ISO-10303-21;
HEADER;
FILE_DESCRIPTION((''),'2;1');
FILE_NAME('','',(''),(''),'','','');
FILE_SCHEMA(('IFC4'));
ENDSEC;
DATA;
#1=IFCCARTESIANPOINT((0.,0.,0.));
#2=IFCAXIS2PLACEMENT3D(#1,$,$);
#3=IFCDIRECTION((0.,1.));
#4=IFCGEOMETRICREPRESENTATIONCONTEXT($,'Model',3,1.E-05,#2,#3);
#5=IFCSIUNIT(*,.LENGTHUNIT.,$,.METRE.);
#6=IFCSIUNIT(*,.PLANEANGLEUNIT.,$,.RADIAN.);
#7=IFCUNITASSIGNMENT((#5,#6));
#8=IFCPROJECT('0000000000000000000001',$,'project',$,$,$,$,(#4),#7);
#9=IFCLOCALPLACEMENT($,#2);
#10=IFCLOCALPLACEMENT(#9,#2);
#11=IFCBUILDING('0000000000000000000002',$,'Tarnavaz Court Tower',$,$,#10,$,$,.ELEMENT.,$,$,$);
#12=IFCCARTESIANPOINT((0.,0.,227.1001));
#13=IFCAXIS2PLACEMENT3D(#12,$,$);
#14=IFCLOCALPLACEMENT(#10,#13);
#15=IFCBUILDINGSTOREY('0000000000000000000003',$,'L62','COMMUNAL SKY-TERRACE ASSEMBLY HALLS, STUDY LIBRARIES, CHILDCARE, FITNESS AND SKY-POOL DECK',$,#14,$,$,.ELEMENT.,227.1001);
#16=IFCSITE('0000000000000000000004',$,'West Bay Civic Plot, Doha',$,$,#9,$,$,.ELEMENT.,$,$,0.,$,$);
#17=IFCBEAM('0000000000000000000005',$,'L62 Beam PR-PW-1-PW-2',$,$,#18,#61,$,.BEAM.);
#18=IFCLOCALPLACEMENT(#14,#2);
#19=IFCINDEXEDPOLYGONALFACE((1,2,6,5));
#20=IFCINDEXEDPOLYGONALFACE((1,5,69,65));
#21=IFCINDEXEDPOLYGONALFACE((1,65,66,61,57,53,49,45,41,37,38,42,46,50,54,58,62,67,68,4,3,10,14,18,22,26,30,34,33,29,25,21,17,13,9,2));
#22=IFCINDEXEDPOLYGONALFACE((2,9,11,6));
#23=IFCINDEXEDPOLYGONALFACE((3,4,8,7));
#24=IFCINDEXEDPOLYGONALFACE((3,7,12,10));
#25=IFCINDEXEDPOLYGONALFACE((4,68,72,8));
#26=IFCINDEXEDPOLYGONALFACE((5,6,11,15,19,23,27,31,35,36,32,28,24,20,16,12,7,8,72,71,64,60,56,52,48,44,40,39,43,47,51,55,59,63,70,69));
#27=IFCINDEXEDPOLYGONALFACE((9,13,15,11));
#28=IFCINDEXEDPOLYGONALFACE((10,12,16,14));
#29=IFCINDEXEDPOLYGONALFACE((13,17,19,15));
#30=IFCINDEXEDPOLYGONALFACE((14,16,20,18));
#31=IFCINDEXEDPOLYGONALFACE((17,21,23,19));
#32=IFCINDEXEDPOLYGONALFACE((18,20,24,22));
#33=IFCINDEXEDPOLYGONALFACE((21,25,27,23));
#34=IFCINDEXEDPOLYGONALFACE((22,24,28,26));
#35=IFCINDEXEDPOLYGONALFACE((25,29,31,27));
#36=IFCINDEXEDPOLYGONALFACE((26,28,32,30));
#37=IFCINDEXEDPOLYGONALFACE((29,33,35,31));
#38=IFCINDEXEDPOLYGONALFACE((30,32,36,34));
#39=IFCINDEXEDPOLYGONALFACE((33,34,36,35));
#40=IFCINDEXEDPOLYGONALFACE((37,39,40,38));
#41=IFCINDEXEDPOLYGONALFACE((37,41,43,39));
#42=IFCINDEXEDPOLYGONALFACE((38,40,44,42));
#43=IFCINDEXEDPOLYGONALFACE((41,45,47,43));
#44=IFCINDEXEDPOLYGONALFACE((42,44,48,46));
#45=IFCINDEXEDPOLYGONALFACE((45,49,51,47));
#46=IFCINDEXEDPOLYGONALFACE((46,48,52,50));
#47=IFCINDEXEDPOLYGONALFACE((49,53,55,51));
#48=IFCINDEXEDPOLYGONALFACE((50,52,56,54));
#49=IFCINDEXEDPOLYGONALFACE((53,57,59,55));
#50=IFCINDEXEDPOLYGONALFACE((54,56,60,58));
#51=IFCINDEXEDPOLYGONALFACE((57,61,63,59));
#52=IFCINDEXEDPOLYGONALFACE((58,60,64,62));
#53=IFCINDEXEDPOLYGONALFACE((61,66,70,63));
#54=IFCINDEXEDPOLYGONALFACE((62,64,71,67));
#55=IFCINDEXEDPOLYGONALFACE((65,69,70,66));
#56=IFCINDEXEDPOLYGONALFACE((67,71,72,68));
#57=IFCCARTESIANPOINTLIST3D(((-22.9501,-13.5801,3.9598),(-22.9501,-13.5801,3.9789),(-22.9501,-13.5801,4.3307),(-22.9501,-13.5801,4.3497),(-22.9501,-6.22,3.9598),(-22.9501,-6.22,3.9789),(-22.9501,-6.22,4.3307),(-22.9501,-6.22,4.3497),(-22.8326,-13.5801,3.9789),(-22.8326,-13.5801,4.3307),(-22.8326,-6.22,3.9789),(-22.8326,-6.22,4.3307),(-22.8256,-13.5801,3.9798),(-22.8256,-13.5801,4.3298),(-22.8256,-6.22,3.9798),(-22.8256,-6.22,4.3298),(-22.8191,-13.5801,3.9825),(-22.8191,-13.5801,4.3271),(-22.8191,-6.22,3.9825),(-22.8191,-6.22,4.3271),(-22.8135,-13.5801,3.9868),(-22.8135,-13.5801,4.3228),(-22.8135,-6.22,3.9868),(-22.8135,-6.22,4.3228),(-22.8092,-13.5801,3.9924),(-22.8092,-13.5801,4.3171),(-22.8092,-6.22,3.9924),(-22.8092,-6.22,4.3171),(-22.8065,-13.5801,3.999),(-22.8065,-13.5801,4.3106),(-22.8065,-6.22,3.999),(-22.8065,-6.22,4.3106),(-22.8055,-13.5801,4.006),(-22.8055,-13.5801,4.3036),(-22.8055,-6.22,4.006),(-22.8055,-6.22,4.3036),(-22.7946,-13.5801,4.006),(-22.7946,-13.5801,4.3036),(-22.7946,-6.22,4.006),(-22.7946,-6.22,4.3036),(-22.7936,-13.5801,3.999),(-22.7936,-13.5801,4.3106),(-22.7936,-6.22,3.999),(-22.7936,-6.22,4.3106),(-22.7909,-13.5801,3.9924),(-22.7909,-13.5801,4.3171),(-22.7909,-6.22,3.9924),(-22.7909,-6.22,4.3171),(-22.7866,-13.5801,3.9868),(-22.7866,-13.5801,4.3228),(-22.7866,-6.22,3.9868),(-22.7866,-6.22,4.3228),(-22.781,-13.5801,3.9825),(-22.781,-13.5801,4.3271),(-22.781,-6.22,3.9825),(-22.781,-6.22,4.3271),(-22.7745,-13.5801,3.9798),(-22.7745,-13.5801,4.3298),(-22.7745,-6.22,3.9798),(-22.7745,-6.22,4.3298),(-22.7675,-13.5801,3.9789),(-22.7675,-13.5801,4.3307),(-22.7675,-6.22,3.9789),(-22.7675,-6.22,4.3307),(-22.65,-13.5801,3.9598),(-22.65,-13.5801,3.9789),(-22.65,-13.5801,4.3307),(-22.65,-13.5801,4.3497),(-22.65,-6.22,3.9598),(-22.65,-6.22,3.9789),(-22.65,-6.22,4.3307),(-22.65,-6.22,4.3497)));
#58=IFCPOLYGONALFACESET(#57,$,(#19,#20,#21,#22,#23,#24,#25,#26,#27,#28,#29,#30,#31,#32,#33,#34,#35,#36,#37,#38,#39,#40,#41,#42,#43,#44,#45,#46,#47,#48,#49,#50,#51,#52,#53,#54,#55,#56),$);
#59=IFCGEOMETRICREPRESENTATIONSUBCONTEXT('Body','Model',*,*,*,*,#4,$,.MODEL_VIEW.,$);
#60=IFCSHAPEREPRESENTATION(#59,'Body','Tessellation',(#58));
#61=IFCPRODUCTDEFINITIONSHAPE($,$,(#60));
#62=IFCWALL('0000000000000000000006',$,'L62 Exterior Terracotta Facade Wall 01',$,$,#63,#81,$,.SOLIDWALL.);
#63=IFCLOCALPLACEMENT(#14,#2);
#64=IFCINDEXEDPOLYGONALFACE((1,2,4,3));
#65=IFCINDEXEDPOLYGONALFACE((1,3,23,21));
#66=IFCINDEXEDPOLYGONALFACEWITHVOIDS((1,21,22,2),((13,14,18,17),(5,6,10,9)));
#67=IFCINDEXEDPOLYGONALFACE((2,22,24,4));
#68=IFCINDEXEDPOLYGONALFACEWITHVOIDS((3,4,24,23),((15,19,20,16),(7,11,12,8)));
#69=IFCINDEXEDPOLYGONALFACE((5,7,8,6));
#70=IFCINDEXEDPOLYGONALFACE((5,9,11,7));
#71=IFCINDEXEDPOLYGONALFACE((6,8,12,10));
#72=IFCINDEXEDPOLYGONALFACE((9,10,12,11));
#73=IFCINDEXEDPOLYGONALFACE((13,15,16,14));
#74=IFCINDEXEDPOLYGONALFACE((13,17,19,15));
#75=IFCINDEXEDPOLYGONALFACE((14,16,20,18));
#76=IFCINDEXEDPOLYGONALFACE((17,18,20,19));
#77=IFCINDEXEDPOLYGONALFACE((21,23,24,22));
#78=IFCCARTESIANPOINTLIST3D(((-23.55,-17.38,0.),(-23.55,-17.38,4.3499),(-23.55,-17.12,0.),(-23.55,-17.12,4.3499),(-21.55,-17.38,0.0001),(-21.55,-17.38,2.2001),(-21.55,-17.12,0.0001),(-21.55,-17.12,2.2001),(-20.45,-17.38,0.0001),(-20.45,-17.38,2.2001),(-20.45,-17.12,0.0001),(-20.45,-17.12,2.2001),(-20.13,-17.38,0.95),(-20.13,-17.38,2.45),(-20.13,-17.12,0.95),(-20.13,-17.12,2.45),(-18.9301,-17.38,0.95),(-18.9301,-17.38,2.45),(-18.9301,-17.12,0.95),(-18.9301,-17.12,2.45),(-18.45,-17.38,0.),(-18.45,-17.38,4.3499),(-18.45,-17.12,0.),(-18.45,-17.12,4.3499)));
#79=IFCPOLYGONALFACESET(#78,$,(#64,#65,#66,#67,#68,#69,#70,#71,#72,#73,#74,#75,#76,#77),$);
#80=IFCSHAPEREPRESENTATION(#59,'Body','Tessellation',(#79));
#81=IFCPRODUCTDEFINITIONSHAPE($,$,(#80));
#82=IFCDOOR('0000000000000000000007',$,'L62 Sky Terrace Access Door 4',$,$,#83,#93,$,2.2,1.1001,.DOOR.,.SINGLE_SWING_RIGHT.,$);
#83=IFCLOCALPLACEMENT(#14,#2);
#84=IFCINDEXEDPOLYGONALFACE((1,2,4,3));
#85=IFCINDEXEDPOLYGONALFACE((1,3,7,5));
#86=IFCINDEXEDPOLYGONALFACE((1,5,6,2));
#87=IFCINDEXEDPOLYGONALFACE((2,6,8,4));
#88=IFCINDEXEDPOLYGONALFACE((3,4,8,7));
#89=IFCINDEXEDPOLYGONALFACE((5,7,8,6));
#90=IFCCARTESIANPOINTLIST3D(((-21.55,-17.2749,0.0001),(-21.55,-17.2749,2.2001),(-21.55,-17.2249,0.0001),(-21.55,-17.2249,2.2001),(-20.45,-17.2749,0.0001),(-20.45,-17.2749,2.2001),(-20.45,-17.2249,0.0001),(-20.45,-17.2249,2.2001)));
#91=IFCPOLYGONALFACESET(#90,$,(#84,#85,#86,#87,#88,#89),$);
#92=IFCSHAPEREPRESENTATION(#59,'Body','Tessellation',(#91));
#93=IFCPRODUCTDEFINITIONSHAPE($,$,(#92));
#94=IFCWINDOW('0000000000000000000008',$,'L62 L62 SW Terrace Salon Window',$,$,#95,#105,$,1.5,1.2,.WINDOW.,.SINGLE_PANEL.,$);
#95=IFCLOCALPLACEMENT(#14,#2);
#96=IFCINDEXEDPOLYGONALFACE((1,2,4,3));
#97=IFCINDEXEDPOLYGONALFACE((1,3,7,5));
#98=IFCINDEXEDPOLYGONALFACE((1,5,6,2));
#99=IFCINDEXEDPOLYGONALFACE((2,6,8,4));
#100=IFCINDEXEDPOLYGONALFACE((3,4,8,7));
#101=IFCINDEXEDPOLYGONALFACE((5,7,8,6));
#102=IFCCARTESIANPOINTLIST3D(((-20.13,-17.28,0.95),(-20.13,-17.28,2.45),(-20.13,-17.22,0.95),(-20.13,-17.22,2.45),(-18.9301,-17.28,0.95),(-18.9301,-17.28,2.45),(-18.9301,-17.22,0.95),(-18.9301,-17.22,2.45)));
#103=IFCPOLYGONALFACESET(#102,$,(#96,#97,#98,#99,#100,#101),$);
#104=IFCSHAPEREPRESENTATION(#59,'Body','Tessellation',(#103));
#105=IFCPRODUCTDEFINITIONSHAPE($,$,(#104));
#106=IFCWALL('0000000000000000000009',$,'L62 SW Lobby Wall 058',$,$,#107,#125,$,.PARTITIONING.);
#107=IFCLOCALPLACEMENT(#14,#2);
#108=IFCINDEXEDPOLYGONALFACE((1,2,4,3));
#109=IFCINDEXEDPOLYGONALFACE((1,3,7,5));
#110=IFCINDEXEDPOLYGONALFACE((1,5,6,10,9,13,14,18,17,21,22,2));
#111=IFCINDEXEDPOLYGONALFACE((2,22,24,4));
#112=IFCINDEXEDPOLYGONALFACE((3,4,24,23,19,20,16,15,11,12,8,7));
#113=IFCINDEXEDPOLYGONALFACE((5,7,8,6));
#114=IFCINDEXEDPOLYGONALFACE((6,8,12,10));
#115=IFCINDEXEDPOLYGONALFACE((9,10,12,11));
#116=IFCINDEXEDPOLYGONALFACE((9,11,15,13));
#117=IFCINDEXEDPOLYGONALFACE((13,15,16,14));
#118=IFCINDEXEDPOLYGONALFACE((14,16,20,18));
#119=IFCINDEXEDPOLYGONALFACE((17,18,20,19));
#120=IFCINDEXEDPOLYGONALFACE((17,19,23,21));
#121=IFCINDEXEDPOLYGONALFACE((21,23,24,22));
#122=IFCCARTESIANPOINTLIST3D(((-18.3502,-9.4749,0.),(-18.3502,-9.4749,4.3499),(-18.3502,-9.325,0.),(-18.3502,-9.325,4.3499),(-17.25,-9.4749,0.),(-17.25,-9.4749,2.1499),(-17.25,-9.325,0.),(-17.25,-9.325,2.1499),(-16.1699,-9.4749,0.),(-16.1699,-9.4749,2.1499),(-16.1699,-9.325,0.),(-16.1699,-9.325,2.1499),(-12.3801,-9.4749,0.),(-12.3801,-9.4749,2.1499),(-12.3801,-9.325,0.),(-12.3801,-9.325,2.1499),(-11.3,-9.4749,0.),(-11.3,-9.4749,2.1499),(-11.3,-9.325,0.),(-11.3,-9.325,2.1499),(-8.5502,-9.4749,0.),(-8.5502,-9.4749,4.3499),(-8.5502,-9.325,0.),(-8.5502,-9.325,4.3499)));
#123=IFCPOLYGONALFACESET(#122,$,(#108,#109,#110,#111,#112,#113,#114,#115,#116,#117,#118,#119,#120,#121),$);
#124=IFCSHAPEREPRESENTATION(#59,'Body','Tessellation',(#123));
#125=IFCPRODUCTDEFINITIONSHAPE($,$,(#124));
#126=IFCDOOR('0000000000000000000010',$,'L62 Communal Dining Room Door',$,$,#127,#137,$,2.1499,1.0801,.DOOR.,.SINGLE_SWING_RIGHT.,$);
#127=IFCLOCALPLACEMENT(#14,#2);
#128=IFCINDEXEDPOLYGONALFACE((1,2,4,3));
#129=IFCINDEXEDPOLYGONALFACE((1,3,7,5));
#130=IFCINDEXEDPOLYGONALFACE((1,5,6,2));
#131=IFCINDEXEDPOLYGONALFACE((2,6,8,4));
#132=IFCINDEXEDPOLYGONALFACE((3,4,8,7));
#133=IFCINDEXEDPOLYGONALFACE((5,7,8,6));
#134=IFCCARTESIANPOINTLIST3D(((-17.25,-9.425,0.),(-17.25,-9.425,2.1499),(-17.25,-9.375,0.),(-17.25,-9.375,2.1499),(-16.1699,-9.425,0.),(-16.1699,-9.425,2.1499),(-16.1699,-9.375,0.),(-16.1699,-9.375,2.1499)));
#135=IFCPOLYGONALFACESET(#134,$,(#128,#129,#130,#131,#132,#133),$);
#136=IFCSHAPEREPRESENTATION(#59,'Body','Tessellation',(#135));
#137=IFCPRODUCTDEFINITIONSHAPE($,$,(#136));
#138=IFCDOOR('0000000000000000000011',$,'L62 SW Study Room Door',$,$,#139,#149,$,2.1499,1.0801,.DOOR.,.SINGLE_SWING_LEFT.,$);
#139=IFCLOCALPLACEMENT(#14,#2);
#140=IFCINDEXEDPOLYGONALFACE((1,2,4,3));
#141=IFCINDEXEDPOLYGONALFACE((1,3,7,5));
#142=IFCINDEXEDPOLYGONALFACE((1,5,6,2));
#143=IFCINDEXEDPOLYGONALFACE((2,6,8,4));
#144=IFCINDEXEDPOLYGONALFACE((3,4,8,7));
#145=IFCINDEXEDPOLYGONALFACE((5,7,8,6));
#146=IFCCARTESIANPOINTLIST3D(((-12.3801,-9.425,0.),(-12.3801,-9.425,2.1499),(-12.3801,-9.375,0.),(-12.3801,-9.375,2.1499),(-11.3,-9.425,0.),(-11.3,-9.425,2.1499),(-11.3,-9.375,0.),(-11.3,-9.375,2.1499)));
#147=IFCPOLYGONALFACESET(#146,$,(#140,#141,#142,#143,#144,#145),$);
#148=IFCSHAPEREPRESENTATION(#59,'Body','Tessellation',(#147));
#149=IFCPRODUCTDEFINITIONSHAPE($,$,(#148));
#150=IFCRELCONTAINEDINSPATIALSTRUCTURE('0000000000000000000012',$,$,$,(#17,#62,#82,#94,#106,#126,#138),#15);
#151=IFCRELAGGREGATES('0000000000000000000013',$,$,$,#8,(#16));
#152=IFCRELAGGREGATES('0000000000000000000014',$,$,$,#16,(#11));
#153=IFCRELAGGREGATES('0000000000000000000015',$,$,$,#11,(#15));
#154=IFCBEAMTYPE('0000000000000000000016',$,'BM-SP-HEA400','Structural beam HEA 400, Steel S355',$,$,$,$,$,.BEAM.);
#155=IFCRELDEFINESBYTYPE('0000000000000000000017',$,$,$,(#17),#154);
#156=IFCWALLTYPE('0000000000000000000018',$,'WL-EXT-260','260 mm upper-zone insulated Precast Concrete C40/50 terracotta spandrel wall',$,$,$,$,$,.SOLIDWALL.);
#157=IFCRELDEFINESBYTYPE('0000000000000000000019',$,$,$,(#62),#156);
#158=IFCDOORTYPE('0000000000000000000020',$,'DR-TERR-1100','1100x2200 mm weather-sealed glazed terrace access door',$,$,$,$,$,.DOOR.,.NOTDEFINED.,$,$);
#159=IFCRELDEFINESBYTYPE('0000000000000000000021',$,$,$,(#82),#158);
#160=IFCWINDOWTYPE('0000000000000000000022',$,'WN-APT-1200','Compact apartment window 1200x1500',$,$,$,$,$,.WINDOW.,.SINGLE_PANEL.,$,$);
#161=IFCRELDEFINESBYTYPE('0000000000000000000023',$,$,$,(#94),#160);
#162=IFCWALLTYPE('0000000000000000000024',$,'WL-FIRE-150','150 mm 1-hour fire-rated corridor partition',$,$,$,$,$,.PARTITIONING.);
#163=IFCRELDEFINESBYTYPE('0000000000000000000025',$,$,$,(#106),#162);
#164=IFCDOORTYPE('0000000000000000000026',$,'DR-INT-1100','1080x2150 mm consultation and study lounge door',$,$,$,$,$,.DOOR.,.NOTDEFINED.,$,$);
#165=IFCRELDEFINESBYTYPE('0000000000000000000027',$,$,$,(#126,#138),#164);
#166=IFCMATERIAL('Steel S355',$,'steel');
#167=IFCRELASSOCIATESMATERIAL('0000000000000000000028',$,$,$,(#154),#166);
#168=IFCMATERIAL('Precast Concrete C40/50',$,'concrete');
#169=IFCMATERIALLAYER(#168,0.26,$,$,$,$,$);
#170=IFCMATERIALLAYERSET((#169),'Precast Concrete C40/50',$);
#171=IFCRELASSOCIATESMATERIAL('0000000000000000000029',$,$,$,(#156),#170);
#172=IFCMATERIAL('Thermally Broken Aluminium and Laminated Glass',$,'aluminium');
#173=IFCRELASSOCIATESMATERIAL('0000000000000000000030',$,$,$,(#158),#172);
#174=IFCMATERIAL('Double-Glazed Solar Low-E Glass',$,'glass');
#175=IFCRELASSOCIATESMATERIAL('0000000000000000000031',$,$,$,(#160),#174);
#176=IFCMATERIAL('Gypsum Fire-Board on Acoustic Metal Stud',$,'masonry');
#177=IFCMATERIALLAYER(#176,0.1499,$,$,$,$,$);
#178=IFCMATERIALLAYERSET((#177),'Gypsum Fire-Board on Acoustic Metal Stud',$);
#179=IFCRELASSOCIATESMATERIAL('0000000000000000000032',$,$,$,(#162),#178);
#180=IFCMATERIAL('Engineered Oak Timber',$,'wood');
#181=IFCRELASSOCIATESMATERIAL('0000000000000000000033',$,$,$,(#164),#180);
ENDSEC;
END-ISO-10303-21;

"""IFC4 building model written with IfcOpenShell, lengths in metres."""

from ifc_helpers import new_model, si_unit, direction, frame, frame_2d, origin, origin_2d, place, context, subcontext, project, spatial, rectangle, i_section, extrude, material, layer, layer_set, material_profile, profile_set, type_object, element, fill, save


model = new_model("IFC4")

# Units and contexts
model_context = context("Model", 3, precision=1e-05, world=origin(), true_north=direction((0.0, 1.0)))
body_context = subcontext(model_context, "Body", "Model", "MODEL_VIEW")
ifc_project = project(units=[si_unit("LENGTHUNIT", "METRE"), si_unit("PLANEANGLEUNIT", "RADIAN")], contexts=[model_context])

# Site, building, storey
site_placement = place(None, origin())
site = spatial("IfcSite", under=ifc_project, at=site_placement, Name="West Bay Civic Plot, Doha", CompositionType="ELEMENT", RefElevation=0.0)
building_placement = place(site_placement, origin())
building = spatial("IfcBuilding", under=site, at=building_placement, Name="Tarnavaz Court Tower", CompositionType="ELEMENT")
storey_placement = place(building_placement, frame((0.0, 0.0, 227.1001)))
storey = spatial("IfcBuildingStorey", under=building, at=storey_placement, Name="L62", Description="COMMUNAL SKY-TERRACE ASSEMBLY HALLS, STUDY LIBRARIES, CHILDCARE, FITNESS AND SKY-POOL DECK", CompositionType="ELEMENT", Elevation=227.1001)

# Beam
ifc_material_1 = material(Name="Steel S355", Category="steel")
ifc_material_profile_1 = material_profile(ifc_material_1, i_section(OverallWidth=0.3, OverallDepth=0.3899, WebThickness=0.011, FlangeThickness=0.019, FilletRadius=0.0271, at=origin_2d()), Name="HEA 400")
ifc_profile_set_1 = profile_set([ifc_material_profile_1], Name="Steel S355")
beam_type_1 = type_object("IfcBeamType", Name="BM-SP-HEA400", Description="Structural beam HEA 400, Steel S355", PredefinedType="BEAM", material=ifc_profile_set_1)
beam_placement = place(storey_placement, frame((-22.8, -13.5801, 4.1548), z_axis=(0.0, 1.0, 0.0), x_axis=(-1.0, 0.0, 0.0)))
element("IfcBeam", 1, at=beam_placement, inside=storey, type_object=beam_type_1, Name="L62 Beam PR-PW-1-PW-2", PredefinedType="BEAM", context=body_context, shape_type="SweptSolid", body=[
    extrude(i_section(OverallWidth=0.3, OverallDepth=0.3899, WebThickness=0.011, FlangeThickness=0.019, FilletRadius=0.0271, at=origin_2d()), origin(), (0.0, 0.0, 1.0), 7.3601),
])

# Wall, openings, door, window
ifc_material_2 = material(Name="Precast Concrete C40/50", Category="concrete")
ifc_layer_1 = layer(ifc_material_2, 0.26)
ifc_layer_set_1 = layer_set([ifc_layer_1], Name="Precast Concrete C40/50")
wall_type_1 = type_object("IfcWallType", Name="WL-EXT-260", Description="260 mm upper-zone insulated Precast Concrete C40/50 terracotta spandrel wall", PredefinedType="SOLIDWALL", material=ifc_layer_set_1)
wall_1_placement = place(storey_placement, frame((-18.45, -17.25, 0.0), z_axis=(0.0, 0.0, 1.0), x_axis=(-1.0, 0.0, 0.0)))
wall_1 = element("IfcWall", 2, at=wall_1_placement, inside=storey, type_object=wall_type_1, Name="L62 Exterior Terracotta Facade Wall 01", PredefinedType="SOLIDWALL", context=body_context, shape_type="SweptSolid", body=[
    extrude(rectangle(XDim=5.1001, YDim=0.26, at=frame_2d((2.55, 0.0))), origin(), (0.0, 0.0, 1.0), 4.3499),
])
opening_1_placement = place(wall_1_placement, frame((2.0, 0.0, 0.0)))
opening_1 = element("IfcOpeningElement", 3, at=opening_1_placement, cuts=wall_1, PredefinedType="OPENING", context=body_context, shape_type="SweptSolid", body=[
    extrude(rectangle(XDim=1.1001, YDim=2.2, at=frame_2d((0.55, 1.1001))), frame((0.0, 0.1399, 0.0), z_axis=(0.0, -1.0, 0.0), x_axis=(1.0, 0.0, 0.0)), (0.0, 0.0, 1.0), 0.28),
])
opening_2_placement = place(wall_1_placement, frame((0.48, 0.0, 0.95)))
opening_2 = element("IfcOpeningElement", 4, at=opening_2_placement, cuts=wall_1, PredefinedType="OPENING", context=body_context, shape_type="SweptSolid", body=[
    extrude(rectangle(XDim=1.2, YDim=1.5, at=frame_2d((0.6001, 0.75))), frame((0.0, 0.1399, 0.0), z_axis=(0.0, -1.0, 0.0), x_axis=(1.0, 0.0, 0.0)), (0.0, 0.0, 1.0), 0.28),
])
ifc_material_3 = material(Name="Thermally Broken Aluminium and Laminated Glass", Category="aluminium")
door_type_1 = type_object("IfcDoorType", Name="DR-TERR-1100", Description="1100x2200 mm weather-sealed glazed terrace access door", OperationType="NOTDEFINED", PredefinedType="DOOR", material=ifc_material_3)
door_1_placement = place(opening_1_placement, origin())
door_1 = element("IfcDoor", 5, at=door_1_placement, inside=storey, type_object=door_type_1, Name="L62 Sky Terrace Access Door 4", OperationType="SINGLE_SWING_RIGHT", OverallHeight=2.2, OverallWidth=1.1001, PredefinedType="DOOR", context=body_context, shape_type="SweptSolid", body=[
    extrude(rectangle(XDim=1.1001, YDim=2.2, at=frame_2d((0.55, 1.1001))), frame((0.0, 0.0249, 0.0), z_axis=(0.0, -1.0, 0.0), x_axis=(1.0, 0.0, 0.0)), (0.0, 0.0, 1.0), 0.05),
])
fill(opening_1, door_1)
ifc_material_4 = material(Name="Double-Glazed Solar Low-E Glass", Category="glass")
window_type = type_object("IfcWindowType", Name="WN-APT-1200", Description="Compact apartment window 1200x1500", PartitioningType="SINGLE_PANEL", PredefinedType="WINDOW", material=ifc_material_4)
window_placement = place(opening_2_placement, origin())
window = element("IfcWindow", 6, at=window_placement, inside=storey, type_object=window_type, Name="L62 L62 SW Terrace Salon Window", OverallHeight=1.5, OverallWidth=1.2, PartitioningType="SINGLE_PANEL", PredefinedType="WINDOW", context=body_context, shape_type="SweptSolid", body=[
    extrude(rectangle(XDim=1.2, YDim=1.5, at=frame_2d((0.6001, 0.75))), frame((0.0, 0.03, 0.0), z_axis=(0.0, -1.0, 0.0), x_axis=(1.0, 0.0, 0.0)), (0.0, 0.0, 1.0), 0.0601),
])
fill(opening_2, window)

# Wall, openings, doors
ifc_material_5 = material(Name="Gypsum Fire-Board on Acoustic Metal Stud", Category="masonry")
ifc_layer_2 = layer(ifc_material_5, 0.1499)
ifc_layer_set_2 = layer_set([ifc_layer_2], Name="Gypsum Fire-Board on Acoustic Metal Stud")
wall_type_2 = type_object("IfcWallType", Name="WL-FIRE-150", Description="150 mm 1-hour fire-rated corridor partition", PredefinedType="PARTITIONING", material=ifc_layer_set_2)
wall_2_placement = place(storey_placement, frame((-18.3501, -9.3999, 0.0), z_axis=(0.0, 0.0, 1.0), x_axis=(1.0, 0.0, 0.0)))
wall_2 = element("IfcWall", 7, at=wall_2_placement, inside=storey, type_object=wall_type_2, Name="L62 SW Lobby Wall 058", PredefinedType="PARTITIONING", context=body_context, shape_type="SweptSolid", body=[
    extrude(rectangle(XDim=9.8, YDim=0.1499, at=frame_2d((4.8999, 0.0))), origin(), (0.0, 0.0, 1.0), 4.3499),
])
opening_3_placement = place(wall_2_placement, frame((1.1001, 0.0, 0.0)))
opening_3 = element("IfcOpeningElement", 8, at=opening_3_placement, cuts=wall_2, PredefinedType="OPENING", context=body_context, shape_type="SweptSolid", body=[
    extrude(rectangle(XDim=1.0801, YDim=2.1499, at=frame_2d((0.54, 1.075))), frame((0.0, 0.085, 0.0), z_axis=(0.0, -1.0, 0.0), x_axis=(1.0, 0.0, 0.0)), (0.0, 0.0, 1.0), 0.1699),
])
opening_4_placement = place(wall_2_placement, frame((5.97, 0.0, 0.0)))
opening_4 = element("IfcOpeningElement", 9, at=opening_4_placement, cuts=wall_2, PredefinedType="OPENING", context=body_context, shape_type="SweptSolid", body=[
    extrude(rectangle(XDim=1.0801, YDim=2.1499, at=frame_2d((0.54, 1.075))), frame((0.0, 0.085, 0.0), z_axis=(0.0, -1.0, 0.0), x_axis=(1.0, 0.0, 0.0)), (0.0, 0.0, 1.0), 0.1699),
])
ifc_material_6 = material(Name="Engineered Oak Timber", Category="wood")
door_type_2 = type_object("IfcDoorType", Name="DR-INT-1100", Description="1080x2150 mm consultation and study lounge door", OperationType="NOTDEFINED", PredefinedType="DOOR", material=ifc_material_6)
door_2_placement = place(opening_3_placement, origin())
door_2 = element("IfcDoor", 10, at=door_2_placement, inside=storey, type_object=door_type_2, Name="L62 Communal Dining Room Door", OperationType="SINGLE_SWING_RIGHT", OverallHeight=2.1499, OverallWidth=1.0801, PredefinedType="DOOR", context=body_context, shape_type="SweptSolid", body=[
    extrude(rectangle(XDim=1.0801, YDim=2.1499, at=frame_2d((0.54, 1.075))), frame((0.0, 0.0249, 0.0), z_axis=(0.0, -1.0, 0.0), x_axis=(1.0, 0.0, 0.0)), (0.0, 0.0, 1.0), 0.05),
])
fill(opening_3, door_2)
door_3_placement = place(opening_4_placement, origin())
door_3 = element("IfcDoor", 11, at=door_3_placement, inside=storey, type_object=door_type_2, Name="L62 SW Study Room Door", OperationType="SINGLE_SWING_LEFT", OverallHeight=2.1499, OverallWidth=1.0801, PredefinedType="DOOR", context=body_context, shape_type="SweptSolid", body=[
    extrude(rectangle(XDim=1.0801, YDim=2.1499, at=frame_2d((0.54, 1.075))), frame((0.0, 0.0249, 0.0), z_axis=(0.0, -1.0, 0.0), x_axis=(1.0, 0.0, 0.0)), (0.0, 0.0, 1.0), 0.05),
])
fill(opening_4, door_3)

save(model, "model.ifc")
